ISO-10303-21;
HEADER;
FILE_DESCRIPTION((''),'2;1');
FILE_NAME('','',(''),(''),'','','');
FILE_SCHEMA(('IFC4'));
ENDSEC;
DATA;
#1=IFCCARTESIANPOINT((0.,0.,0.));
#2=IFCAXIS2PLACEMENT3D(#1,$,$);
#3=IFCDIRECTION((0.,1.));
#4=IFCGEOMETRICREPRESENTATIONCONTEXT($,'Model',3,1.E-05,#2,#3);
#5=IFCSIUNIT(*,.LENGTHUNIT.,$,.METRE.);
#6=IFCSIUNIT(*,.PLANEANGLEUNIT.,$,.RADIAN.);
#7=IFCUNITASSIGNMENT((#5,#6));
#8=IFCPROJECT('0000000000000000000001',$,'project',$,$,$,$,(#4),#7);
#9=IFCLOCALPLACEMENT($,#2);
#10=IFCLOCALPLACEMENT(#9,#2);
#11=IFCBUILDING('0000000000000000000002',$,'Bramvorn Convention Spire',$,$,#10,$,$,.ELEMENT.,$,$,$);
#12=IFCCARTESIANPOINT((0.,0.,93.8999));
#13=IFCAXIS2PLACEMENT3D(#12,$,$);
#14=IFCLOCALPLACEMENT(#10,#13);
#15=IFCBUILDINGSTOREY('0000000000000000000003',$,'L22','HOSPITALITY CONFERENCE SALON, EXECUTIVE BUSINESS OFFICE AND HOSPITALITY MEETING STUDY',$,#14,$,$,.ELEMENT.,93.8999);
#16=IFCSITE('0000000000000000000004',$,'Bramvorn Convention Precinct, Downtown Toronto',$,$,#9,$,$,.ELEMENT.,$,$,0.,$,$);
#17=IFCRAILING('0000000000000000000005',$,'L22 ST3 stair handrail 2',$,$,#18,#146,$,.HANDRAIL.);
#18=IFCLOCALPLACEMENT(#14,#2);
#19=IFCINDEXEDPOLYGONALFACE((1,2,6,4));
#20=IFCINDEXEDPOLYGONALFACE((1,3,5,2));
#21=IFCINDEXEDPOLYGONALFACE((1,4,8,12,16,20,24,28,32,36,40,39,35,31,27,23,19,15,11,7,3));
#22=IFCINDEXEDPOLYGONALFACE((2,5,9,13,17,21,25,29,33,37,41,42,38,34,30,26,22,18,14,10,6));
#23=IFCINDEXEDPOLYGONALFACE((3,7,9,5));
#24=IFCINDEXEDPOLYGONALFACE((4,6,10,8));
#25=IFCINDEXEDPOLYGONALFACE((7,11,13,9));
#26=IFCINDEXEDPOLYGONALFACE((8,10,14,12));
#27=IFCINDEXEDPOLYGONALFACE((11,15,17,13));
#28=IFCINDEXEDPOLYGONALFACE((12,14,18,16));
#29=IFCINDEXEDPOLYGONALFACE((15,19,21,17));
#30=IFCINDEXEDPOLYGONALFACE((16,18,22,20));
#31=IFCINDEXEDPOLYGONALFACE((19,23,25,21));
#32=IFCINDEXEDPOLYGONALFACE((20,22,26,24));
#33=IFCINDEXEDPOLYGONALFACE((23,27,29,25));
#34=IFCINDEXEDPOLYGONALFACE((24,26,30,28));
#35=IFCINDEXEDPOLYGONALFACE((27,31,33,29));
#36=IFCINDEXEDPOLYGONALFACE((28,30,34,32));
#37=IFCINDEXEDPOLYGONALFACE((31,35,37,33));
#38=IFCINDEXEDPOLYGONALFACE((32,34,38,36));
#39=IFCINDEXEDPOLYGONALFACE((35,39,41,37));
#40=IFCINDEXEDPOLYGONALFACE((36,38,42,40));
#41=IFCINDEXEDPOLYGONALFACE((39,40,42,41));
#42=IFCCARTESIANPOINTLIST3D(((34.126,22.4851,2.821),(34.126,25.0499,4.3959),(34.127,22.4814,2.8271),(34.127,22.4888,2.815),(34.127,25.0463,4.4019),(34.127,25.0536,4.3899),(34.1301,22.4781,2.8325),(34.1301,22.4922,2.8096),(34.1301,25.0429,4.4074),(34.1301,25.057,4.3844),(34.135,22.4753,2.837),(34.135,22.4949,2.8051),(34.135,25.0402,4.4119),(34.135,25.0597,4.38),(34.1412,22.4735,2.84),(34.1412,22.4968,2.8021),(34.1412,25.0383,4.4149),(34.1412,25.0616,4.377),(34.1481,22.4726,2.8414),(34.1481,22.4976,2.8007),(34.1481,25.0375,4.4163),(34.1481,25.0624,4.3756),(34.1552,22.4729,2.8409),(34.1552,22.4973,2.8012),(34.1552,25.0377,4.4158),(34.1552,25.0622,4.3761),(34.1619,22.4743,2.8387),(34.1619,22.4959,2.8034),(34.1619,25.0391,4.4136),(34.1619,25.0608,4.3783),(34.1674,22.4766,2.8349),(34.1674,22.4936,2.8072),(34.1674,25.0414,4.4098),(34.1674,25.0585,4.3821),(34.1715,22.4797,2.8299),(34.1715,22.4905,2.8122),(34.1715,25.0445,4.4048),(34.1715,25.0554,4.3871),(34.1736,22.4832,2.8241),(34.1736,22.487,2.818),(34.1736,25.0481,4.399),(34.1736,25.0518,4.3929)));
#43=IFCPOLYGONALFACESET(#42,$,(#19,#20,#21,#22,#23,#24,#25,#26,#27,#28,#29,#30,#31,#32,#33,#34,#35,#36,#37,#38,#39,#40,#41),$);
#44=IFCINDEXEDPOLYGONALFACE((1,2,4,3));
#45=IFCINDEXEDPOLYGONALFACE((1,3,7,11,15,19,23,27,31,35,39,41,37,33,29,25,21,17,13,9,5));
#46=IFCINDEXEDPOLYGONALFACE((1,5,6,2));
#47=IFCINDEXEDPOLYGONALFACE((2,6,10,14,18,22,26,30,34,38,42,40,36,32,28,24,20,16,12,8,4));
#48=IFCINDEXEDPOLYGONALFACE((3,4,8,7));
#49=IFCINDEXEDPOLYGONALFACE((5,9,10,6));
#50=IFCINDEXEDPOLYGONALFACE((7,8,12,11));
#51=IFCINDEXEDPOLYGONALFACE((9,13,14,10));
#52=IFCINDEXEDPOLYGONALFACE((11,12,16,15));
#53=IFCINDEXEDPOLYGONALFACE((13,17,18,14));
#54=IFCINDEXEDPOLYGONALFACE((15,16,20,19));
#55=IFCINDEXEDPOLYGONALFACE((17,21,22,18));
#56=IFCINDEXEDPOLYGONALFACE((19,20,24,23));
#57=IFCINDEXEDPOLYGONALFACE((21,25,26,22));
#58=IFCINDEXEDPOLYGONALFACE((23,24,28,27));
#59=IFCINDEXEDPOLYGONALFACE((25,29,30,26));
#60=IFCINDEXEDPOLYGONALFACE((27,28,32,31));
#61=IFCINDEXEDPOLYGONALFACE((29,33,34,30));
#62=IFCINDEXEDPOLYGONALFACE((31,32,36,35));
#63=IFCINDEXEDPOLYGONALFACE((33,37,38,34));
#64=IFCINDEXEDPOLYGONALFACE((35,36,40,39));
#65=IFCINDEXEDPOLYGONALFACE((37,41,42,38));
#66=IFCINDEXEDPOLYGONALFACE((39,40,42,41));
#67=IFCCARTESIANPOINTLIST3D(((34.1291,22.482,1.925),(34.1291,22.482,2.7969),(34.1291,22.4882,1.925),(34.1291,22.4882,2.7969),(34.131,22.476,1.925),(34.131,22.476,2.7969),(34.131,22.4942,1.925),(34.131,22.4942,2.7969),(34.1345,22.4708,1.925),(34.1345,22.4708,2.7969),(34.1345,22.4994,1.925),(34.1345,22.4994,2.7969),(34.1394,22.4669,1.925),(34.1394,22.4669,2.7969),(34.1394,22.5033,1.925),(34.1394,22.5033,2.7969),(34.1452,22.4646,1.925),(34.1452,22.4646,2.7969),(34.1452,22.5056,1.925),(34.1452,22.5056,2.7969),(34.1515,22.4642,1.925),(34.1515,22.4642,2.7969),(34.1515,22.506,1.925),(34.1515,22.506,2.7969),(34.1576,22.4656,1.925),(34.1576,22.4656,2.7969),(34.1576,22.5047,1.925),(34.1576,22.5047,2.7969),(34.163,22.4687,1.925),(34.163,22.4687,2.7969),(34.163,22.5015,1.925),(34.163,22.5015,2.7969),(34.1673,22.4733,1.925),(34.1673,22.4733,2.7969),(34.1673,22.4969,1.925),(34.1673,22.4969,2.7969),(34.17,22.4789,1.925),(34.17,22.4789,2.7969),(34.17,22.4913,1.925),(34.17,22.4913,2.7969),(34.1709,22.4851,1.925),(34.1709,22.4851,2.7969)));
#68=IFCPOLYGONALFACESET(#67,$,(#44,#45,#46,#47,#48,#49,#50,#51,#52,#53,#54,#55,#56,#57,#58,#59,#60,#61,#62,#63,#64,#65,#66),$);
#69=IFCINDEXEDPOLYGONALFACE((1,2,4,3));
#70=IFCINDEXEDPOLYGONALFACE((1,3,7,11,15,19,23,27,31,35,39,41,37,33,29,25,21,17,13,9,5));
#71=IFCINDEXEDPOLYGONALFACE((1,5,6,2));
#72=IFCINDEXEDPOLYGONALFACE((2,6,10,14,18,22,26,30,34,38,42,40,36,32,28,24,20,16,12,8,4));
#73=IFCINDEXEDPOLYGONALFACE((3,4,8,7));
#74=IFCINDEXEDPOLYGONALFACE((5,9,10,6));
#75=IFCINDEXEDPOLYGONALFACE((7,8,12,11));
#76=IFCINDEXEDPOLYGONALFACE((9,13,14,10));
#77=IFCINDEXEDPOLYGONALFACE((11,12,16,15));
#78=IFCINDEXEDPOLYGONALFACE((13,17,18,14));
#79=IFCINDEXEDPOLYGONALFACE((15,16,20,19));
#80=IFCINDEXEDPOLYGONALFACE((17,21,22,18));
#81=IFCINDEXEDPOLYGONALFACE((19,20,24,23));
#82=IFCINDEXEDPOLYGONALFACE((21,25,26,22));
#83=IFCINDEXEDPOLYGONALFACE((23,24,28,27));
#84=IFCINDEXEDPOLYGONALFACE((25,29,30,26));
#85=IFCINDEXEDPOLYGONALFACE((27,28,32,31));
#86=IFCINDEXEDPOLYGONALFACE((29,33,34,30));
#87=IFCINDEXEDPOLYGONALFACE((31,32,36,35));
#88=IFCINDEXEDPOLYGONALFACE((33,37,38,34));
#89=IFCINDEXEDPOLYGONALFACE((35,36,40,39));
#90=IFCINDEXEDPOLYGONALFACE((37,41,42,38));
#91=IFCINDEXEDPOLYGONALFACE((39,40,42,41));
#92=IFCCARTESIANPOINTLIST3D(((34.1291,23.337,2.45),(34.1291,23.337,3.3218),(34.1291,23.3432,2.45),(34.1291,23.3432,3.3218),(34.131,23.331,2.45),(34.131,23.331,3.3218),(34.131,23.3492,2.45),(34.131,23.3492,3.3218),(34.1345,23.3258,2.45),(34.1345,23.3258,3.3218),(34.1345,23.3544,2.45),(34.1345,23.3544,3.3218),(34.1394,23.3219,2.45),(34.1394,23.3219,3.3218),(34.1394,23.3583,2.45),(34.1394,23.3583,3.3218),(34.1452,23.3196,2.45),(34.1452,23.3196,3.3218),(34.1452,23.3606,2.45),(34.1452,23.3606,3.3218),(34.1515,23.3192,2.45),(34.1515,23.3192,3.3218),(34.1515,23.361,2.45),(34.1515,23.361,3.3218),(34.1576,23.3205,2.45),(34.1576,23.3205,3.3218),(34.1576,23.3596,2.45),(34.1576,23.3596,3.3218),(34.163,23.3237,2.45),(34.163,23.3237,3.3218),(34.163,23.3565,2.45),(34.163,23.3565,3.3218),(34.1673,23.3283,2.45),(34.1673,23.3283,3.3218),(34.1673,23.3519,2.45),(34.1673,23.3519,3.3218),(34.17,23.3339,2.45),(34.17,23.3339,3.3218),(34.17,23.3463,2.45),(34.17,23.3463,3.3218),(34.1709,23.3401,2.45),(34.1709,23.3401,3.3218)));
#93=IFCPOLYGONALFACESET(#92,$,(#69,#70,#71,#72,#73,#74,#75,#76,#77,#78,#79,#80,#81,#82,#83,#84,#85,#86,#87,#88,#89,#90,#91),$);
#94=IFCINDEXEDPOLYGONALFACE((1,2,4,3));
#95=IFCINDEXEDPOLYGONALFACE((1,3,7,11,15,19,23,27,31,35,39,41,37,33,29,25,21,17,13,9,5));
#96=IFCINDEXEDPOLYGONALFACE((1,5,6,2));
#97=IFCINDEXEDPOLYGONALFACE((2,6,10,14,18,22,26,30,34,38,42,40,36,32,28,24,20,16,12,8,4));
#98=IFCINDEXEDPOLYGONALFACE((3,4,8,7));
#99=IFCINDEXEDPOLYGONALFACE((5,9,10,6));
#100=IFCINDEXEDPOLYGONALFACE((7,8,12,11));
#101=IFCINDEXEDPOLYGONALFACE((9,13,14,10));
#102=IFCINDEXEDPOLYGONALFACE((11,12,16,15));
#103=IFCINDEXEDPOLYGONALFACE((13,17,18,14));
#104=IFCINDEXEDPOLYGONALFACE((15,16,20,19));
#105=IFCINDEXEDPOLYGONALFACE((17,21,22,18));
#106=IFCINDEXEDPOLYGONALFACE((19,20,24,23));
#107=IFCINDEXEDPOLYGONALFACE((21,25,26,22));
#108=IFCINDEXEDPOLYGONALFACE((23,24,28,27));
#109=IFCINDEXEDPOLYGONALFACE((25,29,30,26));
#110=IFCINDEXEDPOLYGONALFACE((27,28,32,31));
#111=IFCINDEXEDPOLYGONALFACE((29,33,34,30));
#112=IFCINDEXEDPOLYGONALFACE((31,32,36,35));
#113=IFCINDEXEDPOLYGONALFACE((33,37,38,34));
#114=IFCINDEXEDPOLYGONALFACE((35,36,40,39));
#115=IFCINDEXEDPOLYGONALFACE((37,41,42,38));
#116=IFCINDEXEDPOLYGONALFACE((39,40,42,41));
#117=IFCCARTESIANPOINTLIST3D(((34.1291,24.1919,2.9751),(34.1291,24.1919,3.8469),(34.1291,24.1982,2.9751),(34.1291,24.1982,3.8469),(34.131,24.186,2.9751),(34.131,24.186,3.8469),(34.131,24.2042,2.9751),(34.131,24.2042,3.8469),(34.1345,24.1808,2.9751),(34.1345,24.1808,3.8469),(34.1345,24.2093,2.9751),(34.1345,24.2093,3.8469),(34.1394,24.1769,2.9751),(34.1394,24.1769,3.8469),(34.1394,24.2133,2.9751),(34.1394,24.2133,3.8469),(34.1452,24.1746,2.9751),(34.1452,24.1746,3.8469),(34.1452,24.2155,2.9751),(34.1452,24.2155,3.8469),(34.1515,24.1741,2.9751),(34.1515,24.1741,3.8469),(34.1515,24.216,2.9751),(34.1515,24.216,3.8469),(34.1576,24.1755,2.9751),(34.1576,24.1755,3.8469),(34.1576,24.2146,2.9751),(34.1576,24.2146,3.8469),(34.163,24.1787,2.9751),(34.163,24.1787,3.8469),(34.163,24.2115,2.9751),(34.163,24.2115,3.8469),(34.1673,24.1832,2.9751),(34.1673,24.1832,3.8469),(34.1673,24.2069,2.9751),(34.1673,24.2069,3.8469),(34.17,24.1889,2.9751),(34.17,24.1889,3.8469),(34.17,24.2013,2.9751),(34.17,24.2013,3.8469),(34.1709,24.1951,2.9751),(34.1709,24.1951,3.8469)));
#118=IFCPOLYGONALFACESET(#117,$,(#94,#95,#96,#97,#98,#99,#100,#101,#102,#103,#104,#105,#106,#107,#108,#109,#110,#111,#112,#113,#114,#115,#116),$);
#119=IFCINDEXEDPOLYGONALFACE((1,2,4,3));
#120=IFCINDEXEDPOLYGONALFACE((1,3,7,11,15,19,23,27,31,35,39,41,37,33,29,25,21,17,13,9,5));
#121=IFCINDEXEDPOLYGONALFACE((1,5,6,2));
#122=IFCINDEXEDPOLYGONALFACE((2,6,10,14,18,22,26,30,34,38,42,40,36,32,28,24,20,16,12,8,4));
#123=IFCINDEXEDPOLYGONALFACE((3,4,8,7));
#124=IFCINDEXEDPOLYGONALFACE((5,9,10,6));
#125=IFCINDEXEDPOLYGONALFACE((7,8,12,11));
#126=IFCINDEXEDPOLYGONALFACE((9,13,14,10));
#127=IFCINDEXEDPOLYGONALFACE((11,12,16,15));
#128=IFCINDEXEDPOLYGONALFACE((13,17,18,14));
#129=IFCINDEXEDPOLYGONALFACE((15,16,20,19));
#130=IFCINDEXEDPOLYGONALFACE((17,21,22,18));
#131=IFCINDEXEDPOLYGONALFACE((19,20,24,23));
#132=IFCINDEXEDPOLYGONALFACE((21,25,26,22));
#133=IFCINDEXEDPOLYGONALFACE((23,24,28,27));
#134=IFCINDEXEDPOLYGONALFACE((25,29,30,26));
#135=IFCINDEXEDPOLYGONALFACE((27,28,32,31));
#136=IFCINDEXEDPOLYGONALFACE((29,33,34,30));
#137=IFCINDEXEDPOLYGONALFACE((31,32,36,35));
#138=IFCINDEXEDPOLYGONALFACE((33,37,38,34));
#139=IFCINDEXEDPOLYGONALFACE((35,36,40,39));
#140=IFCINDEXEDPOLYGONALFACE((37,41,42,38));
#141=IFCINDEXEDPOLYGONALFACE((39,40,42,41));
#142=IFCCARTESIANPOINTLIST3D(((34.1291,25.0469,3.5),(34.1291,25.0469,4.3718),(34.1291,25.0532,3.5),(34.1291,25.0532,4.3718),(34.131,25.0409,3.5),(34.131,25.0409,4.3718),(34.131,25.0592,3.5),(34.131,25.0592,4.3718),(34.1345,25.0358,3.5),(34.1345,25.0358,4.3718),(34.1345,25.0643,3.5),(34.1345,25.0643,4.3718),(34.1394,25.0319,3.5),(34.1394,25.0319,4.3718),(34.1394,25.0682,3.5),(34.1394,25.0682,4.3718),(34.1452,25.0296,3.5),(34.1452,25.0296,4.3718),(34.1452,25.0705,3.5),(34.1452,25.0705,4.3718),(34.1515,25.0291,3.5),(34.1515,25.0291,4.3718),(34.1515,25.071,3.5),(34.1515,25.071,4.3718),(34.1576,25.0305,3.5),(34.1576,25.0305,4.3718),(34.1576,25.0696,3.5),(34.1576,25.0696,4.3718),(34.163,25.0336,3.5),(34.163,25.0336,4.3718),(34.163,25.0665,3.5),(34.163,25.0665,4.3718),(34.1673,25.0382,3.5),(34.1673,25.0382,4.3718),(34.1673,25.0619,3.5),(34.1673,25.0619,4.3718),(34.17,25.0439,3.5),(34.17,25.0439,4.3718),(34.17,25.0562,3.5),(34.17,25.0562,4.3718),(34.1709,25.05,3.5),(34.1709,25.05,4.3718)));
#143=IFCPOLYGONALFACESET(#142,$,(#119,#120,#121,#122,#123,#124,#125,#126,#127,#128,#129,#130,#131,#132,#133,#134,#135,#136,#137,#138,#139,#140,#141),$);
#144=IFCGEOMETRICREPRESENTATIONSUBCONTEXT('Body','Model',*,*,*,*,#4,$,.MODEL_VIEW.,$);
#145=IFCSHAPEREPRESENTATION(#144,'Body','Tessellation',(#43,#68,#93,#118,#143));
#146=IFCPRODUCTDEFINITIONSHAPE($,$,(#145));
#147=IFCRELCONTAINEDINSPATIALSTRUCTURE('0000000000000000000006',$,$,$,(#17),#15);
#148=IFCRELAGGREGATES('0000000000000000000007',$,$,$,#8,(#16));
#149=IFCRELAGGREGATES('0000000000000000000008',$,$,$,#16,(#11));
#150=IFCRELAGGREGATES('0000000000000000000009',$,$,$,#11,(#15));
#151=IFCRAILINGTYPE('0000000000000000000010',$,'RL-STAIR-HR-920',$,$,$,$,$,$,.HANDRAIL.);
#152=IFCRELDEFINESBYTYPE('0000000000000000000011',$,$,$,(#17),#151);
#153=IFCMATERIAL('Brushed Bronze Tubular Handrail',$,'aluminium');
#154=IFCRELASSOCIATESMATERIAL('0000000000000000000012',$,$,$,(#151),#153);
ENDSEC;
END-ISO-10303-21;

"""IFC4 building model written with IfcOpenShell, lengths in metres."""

from ifc_helpers import new_model, si_unit, direction, frame, origin, origin_2d, place, context, subcontext, project, spatial, circle, extrude, material, type_object, element, save


model = new_model("IFC4")

# Units and contexts
model_context = context("Model", 3, precision=1e-05, world=origin(), true_north=direction((0.0, 1.0)))
body_context = subcontext(model_context, "Body", "Model", "MODEL_VIEW")
ifc_project = project(units=[si_unit("LENGTHUNIT", "METRE"), si_unit("PLANEANGLEUNIT", "RADIAN")], contexts=[model_context])

# Site, building, storey
site_placement = place(None, origin())
site = spatial("IfcSite", under=ifc_project, at=site_placement, Name="Bramvorn Convention Precinct, Downtown Toronto", CompositionType="ELEMENT", RefElevation=0.0)
building_placement = place(site_placement, origin())
building = spatial("IfcBuilding", under=site, at=building_placement, Name="Bramvorn Convention Spire", CompositionType="ELEMENT")
storey_placement = place(building_placement, frame((0.0, 0.0, 93.8999)))
storey = spatial("IfcBuildingStorey", under=building, at=storey_placement, Name="L22", Description="HOSPITALITY CONFERENCE SALON, EXECUTIVE BUSINESS OFFICE AND HOSPITALITY MEETING STUDY", CompositionType="ELEMENT", Elevation=93.8999)

# Railing
ifc_material_1 = material(Name="Brushed Bronze Tubular Handrail", Category="aluminium")
railing_type_1 = type_object("IfcRailingType", Name="RL-STAIR-HR-920", PredefinedType="HANDRAIL", material=ifc_material_1)
for number, where, name in (
    (1, (34.1499, 22.4851, 1.925), "L22 ST3 stair handrail 2"),
):
    element("IfcRailing", number, at=place(storey_placement, frame(where)), inside=storey, type_object=railing_type_1, Name=name, PredefinedType="HANDRAIL", context=body_context, shape_type="SweptSolid", body=[
        extrude(circle(Radius=0.0239, at=origin_2d()), frame((0.0, 0.0, 0.896), z_axis=(0.0, 0.852173, 0.52326), x_axis=(-1.0, 0.0, 0.0)), (0.0, 0.0, 1.0), 3.0098),
        extrude(circle(Radius=0.021, at=origin_2d()), origin(), (0.0, 0.0, 1.0), 0.8718),
        extrude(circle(Radius=0.021, at=origin_2d()), frame((0.0, 0.855, 0.5249)), (0.0, 0.0, 1.0), 0.8718),
        extrude(circle(Radius=0.021, at=origin_2d()), frame((0.0, 1.71, 1.05)), (0.0, 0.0, 1.0), 0.8718),
        extrude(circle(Radius=0.021, at=origin_2d()), frame((0.0, 2.5649, 1.575)), (0.0, 0.0, 1.0), 0.8718),
    ])

save(model, "model.ifc")
